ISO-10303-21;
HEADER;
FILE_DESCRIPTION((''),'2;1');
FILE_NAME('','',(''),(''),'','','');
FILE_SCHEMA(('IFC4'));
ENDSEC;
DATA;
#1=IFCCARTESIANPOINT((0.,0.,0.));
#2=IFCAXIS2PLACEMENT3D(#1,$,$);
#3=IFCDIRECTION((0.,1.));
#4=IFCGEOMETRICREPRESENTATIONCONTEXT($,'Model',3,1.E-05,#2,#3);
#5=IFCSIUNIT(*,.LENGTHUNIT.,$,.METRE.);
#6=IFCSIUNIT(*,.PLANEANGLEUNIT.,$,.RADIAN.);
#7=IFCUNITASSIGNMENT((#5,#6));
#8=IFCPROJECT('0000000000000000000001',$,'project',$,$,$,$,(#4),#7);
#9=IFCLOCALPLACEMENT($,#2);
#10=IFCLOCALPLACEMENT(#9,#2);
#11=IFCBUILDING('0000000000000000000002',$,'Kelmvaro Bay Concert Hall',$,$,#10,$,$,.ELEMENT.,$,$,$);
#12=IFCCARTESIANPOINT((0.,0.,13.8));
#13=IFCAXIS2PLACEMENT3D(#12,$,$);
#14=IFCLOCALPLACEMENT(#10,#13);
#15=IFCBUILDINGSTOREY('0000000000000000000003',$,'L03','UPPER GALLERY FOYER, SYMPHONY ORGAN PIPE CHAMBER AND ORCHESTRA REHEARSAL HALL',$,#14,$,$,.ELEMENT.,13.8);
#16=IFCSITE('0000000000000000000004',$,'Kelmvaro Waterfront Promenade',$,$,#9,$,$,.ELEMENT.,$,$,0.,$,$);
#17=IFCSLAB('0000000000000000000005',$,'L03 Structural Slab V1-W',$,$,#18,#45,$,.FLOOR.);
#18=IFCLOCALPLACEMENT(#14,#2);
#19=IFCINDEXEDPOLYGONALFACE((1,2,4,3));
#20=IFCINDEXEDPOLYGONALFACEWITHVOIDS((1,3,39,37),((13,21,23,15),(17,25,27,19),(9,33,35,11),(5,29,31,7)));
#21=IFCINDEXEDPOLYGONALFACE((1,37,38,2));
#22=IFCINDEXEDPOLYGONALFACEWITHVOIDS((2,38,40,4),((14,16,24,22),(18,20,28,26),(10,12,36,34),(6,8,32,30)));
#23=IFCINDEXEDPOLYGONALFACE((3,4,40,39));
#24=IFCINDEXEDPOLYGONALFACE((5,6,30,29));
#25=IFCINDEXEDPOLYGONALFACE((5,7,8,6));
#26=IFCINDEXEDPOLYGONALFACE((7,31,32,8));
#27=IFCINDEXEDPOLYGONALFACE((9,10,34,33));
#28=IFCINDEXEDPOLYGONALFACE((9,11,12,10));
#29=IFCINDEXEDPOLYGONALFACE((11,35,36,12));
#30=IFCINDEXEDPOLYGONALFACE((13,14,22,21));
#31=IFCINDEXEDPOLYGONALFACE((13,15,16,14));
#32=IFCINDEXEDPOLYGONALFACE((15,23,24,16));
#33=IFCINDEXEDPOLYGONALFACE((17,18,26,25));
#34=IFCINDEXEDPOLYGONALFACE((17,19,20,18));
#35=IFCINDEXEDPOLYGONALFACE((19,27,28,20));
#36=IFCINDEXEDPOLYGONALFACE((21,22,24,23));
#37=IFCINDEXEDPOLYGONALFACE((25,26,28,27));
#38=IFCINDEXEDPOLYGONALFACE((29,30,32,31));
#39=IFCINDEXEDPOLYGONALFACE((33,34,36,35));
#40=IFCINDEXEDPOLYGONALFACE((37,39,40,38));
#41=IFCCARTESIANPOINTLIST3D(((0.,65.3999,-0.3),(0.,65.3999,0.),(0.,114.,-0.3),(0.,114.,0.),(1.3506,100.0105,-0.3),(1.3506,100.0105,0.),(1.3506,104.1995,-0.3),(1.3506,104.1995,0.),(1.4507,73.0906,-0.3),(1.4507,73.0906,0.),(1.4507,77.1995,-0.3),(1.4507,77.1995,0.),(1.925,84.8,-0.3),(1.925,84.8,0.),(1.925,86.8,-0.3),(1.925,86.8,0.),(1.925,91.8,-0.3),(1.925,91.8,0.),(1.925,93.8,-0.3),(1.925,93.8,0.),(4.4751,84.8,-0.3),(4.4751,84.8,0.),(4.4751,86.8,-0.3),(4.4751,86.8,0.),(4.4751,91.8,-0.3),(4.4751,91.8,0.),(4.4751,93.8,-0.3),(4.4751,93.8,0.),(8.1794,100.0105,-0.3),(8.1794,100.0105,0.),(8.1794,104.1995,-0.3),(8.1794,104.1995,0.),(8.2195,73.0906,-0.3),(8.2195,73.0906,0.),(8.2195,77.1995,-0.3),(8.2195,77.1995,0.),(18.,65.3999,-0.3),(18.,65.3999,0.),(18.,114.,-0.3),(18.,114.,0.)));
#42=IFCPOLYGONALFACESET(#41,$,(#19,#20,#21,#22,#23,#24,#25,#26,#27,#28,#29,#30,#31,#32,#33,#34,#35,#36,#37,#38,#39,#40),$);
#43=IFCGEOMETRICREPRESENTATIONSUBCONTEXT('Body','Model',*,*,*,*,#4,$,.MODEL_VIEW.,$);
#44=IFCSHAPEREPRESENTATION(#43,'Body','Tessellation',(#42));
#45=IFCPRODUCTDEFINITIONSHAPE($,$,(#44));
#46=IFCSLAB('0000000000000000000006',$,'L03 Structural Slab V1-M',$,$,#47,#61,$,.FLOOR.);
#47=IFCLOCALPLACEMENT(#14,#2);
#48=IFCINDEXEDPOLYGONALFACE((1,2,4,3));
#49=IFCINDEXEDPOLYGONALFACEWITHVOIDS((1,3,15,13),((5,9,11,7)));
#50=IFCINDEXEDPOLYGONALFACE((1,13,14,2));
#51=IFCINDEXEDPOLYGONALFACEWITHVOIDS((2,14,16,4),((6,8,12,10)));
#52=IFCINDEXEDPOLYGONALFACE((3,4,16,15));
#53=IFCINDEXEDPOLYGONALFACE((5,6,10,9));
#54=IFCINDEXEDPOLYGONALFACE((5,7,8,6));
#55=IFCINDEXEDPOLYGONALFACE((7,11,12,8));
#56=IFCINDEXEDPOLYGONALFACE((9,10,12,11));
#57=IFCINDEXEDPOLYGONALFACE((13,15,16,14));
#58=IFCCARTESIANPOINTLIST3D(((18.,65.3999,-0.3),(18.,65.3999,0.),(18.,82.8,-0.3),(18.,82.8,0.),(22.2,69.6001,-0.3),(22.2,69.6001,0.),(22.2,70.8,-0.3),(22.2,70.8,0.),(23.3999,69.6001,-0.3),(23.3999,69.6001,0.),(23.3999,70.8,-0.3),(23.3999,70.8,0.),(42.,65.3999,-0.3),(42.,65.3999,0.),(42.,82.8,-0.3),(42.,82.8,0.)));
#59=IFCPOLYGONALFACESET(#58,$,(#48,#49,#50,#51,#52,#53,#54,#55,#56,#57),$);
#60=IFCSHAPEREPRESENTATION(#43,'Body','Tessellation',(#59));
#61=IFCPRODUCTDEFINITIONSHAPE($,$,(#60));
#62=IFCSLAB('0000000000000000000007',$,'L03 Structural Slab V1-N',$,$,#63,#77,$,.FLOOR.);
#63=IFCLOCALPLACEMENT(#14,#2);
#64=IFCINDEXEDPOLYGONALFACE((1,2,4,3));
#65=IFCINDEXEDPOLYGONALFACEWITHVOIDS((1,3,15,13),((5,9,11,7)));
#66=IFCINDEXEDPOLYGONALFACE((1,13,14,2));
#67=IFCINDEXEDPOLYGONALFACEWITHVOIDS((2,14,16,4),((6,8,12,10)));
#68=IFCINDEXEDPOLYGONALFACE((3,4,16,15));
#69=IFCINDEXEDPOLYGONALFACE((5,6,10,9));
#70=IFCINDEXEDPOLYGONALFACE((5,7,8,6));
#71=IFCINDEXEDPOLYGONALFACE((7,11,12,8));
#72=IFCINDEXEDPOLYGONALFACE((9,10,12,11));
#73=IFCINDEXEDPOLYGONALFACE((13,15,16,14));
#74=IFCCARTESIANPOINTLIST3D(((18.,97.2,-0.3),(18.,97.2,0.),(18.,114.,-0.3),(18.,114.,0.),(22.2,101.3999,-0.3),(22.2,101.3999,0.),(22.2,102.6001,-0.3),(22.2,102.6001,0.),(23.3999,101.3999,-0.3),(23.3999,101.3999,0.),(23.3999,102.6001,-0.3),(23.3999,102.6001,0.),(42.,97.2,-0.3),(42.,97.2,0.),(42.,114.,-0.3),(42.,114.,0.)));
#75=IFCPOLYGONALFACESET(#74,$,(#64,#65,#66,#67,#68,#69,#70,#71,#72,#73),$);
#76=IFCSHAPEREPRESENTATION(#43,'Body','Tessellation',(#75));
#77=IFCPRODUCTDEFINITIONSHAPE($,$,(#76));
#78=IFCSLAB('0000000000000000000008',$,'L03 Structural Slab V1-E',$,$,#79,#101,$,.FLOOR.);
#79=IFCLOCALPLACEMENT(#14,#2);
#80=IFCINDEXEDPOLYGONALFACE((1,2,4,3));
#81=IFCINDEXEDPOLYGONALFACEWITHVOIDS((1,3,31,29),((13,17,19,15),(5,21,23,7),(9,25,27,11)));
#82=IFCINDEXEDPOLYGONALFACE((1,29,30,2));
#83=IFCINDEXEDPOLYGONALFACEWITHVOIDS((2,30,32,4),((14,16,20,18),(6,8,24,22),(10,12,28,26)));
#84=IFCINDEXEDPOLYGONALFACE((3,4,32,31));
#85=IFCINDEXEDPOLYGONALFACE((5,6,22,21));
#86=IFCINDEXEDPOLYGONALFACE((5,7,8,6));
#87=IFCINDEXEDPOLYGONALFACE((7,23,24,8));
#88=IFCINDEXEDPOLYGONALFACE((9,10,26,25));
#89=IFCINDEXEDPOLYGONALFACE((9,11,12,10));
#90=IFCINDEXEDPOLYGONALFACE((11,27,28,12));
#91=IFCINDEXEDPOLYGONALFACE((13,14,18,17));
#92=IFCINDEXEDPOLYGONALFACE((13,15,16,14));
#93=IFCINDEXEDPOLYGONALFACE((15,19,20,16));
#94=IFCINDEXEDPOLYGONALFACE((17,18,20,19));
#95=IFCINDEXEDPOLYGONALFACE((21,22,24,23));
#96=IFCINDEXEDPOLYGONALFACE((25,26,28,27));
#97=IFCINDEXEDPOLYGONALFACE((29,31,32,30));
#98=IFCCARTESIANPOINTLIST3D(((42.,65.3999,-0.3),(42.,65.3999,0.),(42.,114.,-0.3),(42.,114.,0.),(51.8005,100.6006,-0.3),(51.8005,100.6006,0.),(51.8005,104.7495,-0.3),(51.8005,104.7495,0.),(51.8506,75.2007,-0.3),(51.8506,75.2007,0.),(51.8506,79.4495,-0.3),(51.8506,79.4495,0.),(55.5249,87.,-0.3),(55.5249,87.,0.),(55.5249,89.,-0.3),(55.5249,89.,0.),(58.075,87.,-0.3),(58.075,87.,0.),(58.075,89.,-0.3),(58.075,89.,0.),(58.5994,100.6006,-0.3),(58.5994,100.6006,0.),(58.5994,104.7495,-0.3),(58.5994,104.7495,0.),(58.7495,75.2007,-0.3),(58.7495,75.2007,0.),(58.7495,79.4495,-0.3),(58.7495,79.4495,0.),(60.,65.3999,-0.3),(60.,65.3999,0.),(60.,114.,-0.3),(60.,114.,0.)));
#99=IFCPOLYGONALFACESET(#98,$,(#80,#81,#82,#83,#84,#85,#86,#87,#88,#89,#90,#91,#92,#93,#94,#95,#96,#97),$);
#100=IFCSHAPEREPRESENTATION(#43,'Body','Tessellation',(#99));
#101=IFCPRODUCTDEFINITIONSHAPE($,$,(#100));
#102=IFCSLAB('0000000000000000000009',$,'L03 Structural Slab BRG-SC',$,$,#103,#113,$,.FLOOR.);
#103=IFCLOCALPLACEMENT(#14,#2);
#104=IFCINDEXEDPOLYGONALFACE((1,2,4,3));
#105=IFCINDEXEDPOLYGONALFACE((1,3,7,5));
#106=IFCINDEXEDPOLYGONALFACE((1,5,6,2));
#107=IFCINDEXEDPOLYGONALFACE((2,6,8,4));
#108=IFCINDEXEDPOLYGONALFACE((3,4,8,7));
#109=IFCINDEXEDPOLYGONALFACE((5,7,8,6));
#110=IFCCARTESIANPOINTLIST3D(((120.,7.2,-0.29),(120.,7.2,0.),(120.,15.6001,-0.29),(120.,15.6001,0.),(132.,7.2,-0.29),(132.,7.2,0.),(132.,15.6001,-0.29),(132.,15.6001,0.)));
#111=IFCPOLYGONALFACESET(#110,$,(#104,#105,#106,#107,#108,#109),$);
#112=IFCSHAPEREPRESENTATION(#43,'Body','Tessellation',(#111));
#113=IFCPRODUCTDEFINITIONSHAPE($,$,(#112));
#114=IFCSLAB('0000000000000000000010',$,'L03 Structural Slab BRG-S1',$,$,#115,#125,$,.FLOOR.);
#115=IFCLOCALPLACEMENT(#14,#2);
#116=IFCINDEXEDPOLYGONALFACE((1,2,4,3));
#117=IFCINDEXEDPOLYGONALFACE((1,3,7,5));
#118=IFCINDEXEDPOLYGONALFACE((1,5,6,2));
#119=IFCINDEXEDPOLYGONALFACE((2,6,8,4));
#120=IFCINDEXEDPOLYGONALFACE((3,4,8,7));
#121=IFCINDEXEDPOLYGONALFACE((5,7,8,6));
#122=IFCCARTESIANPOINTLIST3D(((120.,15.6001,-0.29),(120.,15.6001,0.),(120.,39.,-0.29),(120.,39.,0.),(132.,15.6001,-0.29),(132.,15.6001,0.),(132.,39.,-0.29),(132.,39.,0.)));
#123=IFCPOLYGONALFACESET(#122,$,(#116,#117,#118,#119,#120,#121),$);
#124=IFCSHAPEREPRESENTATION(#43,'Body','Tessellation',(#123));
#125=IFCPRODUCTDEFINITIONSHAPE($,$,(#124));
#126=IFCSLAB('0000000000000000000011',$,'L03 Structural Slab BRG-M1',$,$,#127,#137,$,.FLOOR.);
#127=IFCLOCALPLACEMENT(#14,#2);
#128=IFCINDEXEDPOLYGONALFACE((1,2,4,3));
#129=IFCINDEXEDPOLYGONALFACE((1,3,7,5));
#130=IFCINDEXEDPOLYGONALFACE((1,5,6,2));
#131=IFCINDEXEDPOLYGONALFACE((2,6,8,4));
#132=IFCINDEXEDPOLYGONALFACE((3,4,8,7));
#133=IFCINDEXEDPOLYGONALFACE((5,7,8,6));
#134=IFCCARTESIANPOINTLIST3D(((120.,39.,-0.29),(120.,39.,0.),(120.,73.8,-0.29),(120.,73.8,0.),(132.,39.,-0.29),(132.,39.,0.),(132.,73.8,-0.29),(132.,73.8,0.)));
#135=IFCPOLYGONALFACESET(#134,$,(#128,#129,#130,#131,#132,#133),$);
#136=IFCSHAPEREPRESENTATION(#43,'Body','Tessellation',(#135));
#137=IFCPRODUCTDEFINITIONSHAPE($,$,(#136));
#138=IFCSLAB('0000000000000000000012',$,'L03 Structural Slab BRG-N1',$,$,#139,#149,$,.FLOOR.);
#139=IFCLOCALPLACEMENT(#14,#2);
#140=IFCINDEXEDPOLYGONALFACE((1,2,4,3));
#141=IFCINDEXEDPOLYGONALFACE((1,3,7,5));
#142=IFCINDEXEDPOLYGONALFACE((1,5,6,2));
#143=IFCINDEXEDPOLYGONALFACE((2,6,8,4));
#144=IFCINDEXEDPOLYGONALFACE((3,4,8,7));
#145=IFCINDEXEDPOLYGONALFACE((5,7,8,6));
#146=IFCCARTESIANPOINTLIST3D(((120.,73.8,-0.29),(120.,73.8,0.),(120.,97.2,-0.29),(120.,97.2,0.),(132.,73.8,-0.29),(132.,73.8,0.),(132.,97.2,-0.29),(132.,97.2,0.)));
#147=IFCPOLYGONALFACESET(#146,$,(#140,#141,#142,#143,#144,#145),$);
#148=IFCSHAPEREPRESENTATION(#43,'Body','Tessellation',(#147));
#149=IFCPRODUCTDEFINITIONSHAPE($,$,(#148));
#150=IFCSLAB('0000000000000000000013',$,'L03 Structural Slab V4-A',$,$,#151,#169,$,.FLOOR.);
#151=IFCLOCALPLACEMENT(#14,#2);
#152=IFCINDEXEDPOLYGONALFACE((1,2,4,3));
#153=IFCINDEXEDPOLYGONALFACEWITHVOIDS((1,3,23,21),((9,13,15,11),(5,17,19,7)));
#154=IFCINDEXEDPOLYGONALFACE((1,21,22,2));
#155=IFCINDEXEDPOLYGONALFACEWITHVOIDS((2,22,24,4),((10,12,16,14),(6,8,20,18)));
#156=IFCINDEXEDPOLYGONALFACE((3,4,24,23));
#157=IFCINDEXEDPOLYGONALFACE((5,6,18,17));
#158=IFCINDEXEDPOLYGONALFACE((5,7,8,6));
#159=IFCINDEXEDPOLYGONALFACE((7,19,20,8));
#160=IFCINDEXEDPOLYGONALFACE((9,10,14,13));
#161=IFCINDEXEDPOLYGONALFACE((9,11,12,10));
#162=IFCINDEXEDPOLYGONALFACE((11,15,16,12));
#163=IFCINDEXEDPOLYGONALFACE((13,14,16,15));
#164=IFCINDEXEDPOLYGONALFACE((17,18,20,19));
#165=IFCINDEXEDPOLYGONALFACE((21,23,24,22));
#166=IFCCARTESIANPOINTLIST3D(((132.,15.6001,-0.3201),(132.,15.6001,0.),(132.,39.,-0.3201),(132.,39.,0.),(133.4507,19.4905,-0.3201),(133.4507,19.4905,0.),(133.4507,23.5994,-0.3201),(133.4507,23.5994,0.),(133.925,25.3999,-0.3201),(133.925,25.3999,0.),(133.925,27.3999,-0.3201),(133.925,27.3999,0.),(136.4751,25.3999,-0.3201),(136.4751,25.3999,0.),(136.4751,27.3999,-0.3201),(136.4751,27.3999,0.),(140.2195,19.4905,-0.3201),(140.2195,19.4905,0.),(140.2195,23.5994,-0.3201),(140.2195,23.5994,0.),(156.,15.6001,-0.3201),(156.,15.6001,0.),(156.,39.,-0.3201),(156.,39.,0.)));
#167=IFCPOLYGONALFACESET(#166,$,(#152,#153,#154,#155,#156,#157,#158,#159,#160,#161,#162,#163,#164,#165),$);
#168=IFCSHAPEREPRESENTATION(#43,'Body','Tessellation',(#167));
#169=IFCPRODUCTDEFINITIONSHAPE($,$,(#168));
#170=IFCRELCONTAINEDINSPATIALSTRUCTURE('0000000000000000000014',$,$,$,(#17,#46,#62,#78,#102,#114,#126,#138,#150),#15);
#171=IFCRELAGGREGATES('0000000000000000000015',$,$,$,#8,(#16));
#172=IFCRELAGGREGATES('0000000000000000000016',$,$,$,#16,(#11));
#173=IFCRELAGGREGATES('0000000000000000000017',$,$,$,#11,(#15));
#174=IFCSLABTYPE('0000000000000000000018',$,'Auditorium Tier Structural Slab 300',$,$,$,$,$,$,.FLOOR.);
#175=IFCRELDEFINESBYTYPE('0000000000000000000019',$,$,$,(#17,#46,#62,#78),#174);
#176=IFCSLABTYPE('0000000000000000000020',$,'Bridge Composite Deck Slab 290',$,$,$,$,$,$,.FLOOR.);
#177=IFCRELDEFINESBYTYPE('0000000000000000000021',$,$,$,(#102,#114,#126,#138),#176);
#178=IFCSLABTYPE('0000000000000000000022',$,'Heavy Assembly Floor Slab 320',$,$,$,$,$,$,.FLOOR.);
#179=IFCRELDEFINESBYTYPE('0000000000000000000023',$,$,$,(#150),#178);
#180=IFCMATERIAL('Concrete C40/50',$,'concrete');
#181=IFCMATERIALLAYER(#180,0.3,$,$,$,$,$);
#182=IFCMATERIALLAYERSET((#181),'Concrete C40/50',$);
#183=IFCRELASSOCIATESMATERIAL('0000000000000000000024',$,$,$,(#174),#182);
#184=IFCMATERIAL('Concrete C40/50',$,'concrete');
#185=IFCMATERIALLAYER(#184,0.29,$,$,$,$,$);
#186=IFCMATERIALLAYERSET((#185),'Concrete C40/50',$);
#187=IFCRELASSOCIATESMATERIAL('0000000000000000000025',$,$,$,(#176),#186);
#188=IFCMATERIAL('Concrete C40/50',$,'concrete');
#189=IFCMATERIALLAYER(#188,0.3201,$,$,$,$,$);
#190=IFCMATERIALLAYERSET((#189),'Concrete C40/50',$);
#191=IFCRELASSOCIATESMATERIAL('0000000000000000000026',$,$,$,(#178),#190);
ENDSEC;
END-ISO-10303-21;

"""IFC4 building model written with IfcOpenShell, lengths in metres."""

from ifc_helpers import new_model, si_unit, direction, frame, origin, place, context, subcontext, project, spatial, polyline, outline, extrude, material, layer, layer_set, type_object, element, save


model = new_model("IFC4")

# Units and contexts
model_context = context("Model", 3, precision=1e-05, world=origin(), true_north=direction((0.0, 1.0)))
body_context = subcontext(model_context, "Body", "Model", "MODEL_VIEW")
ifc_project = project(units=[si_unit("LENGTHUNIT", "METRE"), si_unit("PLANEANGLEUNIT", "RADIAN")], contexts=[model_context])

# Site, building, storey
site_placement = place(None, origin())
site = spatial("IfcSite", under=ifc_project, at=site_placement, Name="Kelmvaro Waterfront Promenade", CompositionType="ELEMENT", RefElevation=0.0)
building_placement = place(site_placement, origin())
building = spatial("IfcBuilding", under=site, at=building_placement, Name="Kelmvaro Bay Concert Hall", CompositionType="ELEMENT")
storey_placement = place(building_placement, frame((0.0, 0.0, 13.8)))
storey = spatial("IfcBuildingStorey", under=building, at=storey_placement, Name="L03", Description="UPPER GALLERY FOYER, SYMPHONY ORGAN PIPE CHAMBER AND ORCHESTRA REHEARSAL HALL", CompositionType="ELEMENT", Elevation=13.8)

# Slabs
ifc_material_1 = material(Name="Concrete C40/50", Category="concrete")
ifc_layer_1 = layer(ifc_material_1, 0.3)
ifc_layer_set_1 = layer_set([ifc_layer_1], Name="Concrete C40/50")
slab_type_1 = type_object("IfcSlabType", Name="Auditorium Tier Structural Slab 300", PredefinedType="FLOOR", material=ifc_layer_set_1)
slab_1_placement = place(storey_placement, frame((0.0, 0.0, -0.3)))
element("IfcSlab", 1, at=slab_1_placement, inside=storey, type_object=slab_type_1, Name="L03 Structural Slab V1-W", PredefinedType="FLOOR", context=body_context, shape_type="SweptSolid", body=[
    extrude(outline(polyline([(0.0, 65.3999), (18.0, 65.3999), (18.0, 114.0), (0.0, 114.0), (0.0, 65.3999)]), holes=[polyline([(1.4507, 73.0906), (8.2195, 73.0906), (8.2195, 77.1995), (1.4507, 77.1995), (1.4507, 73.0906)]), polyline([(1.3506, 100.0105), (8.1794, 100.0105), (8.1794, 104.1995), (1.3506, 104.1995), (1.3506, 100.0105)]), polyline([(1.925, 84.8), (4.4751, 84.8), (4.4751, 86.8), (1.925, 86.8), (1.925, 84.8)]), polyline([(1.925, 91.8), (4.4751, 91.8), (4.4751, 93.8), (1.925, 93.8), (1.925, 91.8)])]), origin(), (0.0, 0.0, 1.0), 0.3),
])
slab_2_placement = place(storey_placement, frame((0.0, 0.0, -0.3)))
element("IfcSlab", 2, at=slab_2_placement, inside=storey, type_object=slab_type_1, Name="L03 Structural Slab V1-M", PredefinedType="FLOOR", context=body_context, shape_type="SweptSolid", body=[
    extrude(outline(polyline([(18.0, 65.3999), (42.0, 65.3999), (42.0, 82.8), (18.0, 82.8), (18.0, 65.3999)]), holes=[polyline([(22.2, 69.6001), (23.3999, 69.6001), (23.3999, 70.8), (22.2, 70.8), (22.2, 69.6001)])]), origin(), (0.0, 0.0, 1.0), 0.3),
])
slab_3_placement = place(storey_placement, frame((0.0, 0.0, -0.3)))
element("IfcSlab", 3, at=slab_3_placement, inside=storey, type_object=slab_type_1, Name="L03 Structural Slab V1-N", PredefinedType="FLOOR", context=body_context, shape_type="SweptSolid", body=[
    extrude(outline(polyline([(18.0, 97.2), (42.0, 97.2), (42.0, 114.0), (18.0, 114.0), (18.0, 97.2)]), holes=[polyline([(22.2, 101.3999), (23.3999, 101.3999), (23.3999, 102.6001), (22.2, 102.6001), (22.2, 101.3999)])]), origin(), (0.0, 0.0, 1.0), 0.3),
])
slab_4_placement = place(storey_placement, frame((0.0, 0.0, -0.3)))
element("IfcSlab", 4, at=slab_4_placement, inside=storey, type_object=slab_type_1, Name="L03 Structural Slab V1-E", PredefinedType="FLOOR", context=body_context, shape_type="SweptSolid", body=[
    extrude(outline(polyline([(42.0, 65.3999), (60.0, 65.3999), (60.0, 114.0), (42.0, 114.0), (42.0, 65.3999)]), holes=[polyline([(51.8005, 100.6006), (58.5994, 100.6006), (58.5994, 104.7495), (51.8005, 104.7495), (51.8005, 100.6006)]), polyline([(51.8506, 75.2007), (58.7495, 75.2007), (58.7495, 79.4495), (51.8506, 79.4495), (51.8506, 75.2007)]), polyline([(55.5249, 87.0), (58.075, 87.0), (58.075, 89.0), (55.5249, 89.0), (55.5249, 87.0)])]), origin(), (0.0, 0.0, 1.0), 0.3),
])
ifc_material_2 = material(Name="Concrete C40/50", Category="concrete")
ifc_layer_2 = layer(ifc_material_2, 0.29)
ifc_layer_set_2 = layer_set([ifc_layer_2], Name="Concrete C40/50")
slab_type_2 = type_object("IfcSlabType", Name="Bridge Composite Deck Slab 290", PredefinedType="FLOOR", material=ifc_layer_set_2)
slab_5_placement = place(storey_placement, frame((0.0, 0.0, -0.29)))
element("IfcSlab", 5, at=slab_5_placement, inside=storey, type_object=slab_type_2, Name="L03 Structural Slab BRG-SC", PredefinedType="FLOOR", context=body_context, shape_type="SweptSolid", body=[
    extrude(outline(polyline([(120.0, 7.2), (132.0, 7.2), (132.0, 15.6001), (120.0, 15.6001), (120.0, 7.2)])), origin(), (0.0, 0.0, 1.0), 0.29),
])
slab_6_placement = place(storey_placement, frame((0.0, 0.0, -0.29)))
element("IfcSlab", 6, at=slab_6_placement, inside=storey, type_object=slab_type_2, Name="L03 Structural Slab BRG-S1", PredefinedType="FLOOR", context=body_context, shape_type="SweptSolid", body=[
    extrude(outline(polyline([(120.0, 15.6001), (132.0, 15.6001), (132.0, 39.0), (120.0, 39.0), (120.0, 15.6001)])), origin(), (0.0, 0.0, 1.0), 0.29),
])
slab_7_placement = place(storey_placement, frame((0.0, 0.0, -0.29)))
element("IfcSlab", 7, at=slab_7_placement, inside=storey, type_object=slab_type_2, Name="L03 Structural Slab BRG-M1", PredefinedType="FLOOR", context=body_context, shape_type="SweptSolid", body=[
    extrude(outline(polyline([(120.0, 39.0), (132.0, 39.0), (132.0, 73.8), (120.0, 73.8), (120.0, 39.0)])), origin(), (0.0, 0.0, 1.0), 0.29),
])
slab_8_placement = place(storey_placement, frame((0.0, 0.0, -0.29)))
element("IfcSlab", 8, at=slab_8_placement, inside=storey, type_object=slab_type_2, Name="L03 Structural Slab BRG-N1", PredefinedType="FLOOR", context=body_context, shape_type="SweptSolid", body=[
    extrude(outline(polyline([(120.0, 73.8), (132.0, 73.8), (132.0, 97.2), (120.0, 97.2), (120.0, 73.8)])), origin(), (0.0, 0.0, 1.0), 0.29),
])
ifc_material_3 = material(Name="Concrete C40/50", Category="concrete")
ifc_layer_3 = layer(ifc_material_3, 0.3201)
ifc_layer_set_3 = layer_set([ifc_layer_3], Name="Concrete C40/50")
slab_type_3 = type_object("IfcSlabType", Name="Heavy Assembly Floor Slab 320", PredefinedType="FLOOR", material=ifc_layer_set_3)
slab_9_placement = place(storey_placement, frame((0.0, 0.0, -0.3201)))
element("IfcSlab", 9, at=slab_9_placement, inside=storey, type_object=slab_type_3, Name="L03 Structural Slab V4-A", PredefinedType="FLOOR", context=body_context, shape_type="SweptSolid", body=[
    extrude(outline(polyline([(132.0, 15.6001), (156.0, 15.6001), (156.0, 39.0), (132.0, 39.0), (132.0, 15.6001)]), holes=[polyline([(133.4507, 19.4905), (140.2195, 19.4905), (140.2195, 23.5994), (133.4507, 23.5994), (133.4507, 19.4905)]), polyline([(133.925, 25.3999), (136.4751, 25.3999), (136.4751, 27.3999), (133.925, 27.3999), (133.925, 25.3999)])]), origin(), (0.0, 0.0, 1.0), 0.3201),
])

save(model, "model.ifc")
